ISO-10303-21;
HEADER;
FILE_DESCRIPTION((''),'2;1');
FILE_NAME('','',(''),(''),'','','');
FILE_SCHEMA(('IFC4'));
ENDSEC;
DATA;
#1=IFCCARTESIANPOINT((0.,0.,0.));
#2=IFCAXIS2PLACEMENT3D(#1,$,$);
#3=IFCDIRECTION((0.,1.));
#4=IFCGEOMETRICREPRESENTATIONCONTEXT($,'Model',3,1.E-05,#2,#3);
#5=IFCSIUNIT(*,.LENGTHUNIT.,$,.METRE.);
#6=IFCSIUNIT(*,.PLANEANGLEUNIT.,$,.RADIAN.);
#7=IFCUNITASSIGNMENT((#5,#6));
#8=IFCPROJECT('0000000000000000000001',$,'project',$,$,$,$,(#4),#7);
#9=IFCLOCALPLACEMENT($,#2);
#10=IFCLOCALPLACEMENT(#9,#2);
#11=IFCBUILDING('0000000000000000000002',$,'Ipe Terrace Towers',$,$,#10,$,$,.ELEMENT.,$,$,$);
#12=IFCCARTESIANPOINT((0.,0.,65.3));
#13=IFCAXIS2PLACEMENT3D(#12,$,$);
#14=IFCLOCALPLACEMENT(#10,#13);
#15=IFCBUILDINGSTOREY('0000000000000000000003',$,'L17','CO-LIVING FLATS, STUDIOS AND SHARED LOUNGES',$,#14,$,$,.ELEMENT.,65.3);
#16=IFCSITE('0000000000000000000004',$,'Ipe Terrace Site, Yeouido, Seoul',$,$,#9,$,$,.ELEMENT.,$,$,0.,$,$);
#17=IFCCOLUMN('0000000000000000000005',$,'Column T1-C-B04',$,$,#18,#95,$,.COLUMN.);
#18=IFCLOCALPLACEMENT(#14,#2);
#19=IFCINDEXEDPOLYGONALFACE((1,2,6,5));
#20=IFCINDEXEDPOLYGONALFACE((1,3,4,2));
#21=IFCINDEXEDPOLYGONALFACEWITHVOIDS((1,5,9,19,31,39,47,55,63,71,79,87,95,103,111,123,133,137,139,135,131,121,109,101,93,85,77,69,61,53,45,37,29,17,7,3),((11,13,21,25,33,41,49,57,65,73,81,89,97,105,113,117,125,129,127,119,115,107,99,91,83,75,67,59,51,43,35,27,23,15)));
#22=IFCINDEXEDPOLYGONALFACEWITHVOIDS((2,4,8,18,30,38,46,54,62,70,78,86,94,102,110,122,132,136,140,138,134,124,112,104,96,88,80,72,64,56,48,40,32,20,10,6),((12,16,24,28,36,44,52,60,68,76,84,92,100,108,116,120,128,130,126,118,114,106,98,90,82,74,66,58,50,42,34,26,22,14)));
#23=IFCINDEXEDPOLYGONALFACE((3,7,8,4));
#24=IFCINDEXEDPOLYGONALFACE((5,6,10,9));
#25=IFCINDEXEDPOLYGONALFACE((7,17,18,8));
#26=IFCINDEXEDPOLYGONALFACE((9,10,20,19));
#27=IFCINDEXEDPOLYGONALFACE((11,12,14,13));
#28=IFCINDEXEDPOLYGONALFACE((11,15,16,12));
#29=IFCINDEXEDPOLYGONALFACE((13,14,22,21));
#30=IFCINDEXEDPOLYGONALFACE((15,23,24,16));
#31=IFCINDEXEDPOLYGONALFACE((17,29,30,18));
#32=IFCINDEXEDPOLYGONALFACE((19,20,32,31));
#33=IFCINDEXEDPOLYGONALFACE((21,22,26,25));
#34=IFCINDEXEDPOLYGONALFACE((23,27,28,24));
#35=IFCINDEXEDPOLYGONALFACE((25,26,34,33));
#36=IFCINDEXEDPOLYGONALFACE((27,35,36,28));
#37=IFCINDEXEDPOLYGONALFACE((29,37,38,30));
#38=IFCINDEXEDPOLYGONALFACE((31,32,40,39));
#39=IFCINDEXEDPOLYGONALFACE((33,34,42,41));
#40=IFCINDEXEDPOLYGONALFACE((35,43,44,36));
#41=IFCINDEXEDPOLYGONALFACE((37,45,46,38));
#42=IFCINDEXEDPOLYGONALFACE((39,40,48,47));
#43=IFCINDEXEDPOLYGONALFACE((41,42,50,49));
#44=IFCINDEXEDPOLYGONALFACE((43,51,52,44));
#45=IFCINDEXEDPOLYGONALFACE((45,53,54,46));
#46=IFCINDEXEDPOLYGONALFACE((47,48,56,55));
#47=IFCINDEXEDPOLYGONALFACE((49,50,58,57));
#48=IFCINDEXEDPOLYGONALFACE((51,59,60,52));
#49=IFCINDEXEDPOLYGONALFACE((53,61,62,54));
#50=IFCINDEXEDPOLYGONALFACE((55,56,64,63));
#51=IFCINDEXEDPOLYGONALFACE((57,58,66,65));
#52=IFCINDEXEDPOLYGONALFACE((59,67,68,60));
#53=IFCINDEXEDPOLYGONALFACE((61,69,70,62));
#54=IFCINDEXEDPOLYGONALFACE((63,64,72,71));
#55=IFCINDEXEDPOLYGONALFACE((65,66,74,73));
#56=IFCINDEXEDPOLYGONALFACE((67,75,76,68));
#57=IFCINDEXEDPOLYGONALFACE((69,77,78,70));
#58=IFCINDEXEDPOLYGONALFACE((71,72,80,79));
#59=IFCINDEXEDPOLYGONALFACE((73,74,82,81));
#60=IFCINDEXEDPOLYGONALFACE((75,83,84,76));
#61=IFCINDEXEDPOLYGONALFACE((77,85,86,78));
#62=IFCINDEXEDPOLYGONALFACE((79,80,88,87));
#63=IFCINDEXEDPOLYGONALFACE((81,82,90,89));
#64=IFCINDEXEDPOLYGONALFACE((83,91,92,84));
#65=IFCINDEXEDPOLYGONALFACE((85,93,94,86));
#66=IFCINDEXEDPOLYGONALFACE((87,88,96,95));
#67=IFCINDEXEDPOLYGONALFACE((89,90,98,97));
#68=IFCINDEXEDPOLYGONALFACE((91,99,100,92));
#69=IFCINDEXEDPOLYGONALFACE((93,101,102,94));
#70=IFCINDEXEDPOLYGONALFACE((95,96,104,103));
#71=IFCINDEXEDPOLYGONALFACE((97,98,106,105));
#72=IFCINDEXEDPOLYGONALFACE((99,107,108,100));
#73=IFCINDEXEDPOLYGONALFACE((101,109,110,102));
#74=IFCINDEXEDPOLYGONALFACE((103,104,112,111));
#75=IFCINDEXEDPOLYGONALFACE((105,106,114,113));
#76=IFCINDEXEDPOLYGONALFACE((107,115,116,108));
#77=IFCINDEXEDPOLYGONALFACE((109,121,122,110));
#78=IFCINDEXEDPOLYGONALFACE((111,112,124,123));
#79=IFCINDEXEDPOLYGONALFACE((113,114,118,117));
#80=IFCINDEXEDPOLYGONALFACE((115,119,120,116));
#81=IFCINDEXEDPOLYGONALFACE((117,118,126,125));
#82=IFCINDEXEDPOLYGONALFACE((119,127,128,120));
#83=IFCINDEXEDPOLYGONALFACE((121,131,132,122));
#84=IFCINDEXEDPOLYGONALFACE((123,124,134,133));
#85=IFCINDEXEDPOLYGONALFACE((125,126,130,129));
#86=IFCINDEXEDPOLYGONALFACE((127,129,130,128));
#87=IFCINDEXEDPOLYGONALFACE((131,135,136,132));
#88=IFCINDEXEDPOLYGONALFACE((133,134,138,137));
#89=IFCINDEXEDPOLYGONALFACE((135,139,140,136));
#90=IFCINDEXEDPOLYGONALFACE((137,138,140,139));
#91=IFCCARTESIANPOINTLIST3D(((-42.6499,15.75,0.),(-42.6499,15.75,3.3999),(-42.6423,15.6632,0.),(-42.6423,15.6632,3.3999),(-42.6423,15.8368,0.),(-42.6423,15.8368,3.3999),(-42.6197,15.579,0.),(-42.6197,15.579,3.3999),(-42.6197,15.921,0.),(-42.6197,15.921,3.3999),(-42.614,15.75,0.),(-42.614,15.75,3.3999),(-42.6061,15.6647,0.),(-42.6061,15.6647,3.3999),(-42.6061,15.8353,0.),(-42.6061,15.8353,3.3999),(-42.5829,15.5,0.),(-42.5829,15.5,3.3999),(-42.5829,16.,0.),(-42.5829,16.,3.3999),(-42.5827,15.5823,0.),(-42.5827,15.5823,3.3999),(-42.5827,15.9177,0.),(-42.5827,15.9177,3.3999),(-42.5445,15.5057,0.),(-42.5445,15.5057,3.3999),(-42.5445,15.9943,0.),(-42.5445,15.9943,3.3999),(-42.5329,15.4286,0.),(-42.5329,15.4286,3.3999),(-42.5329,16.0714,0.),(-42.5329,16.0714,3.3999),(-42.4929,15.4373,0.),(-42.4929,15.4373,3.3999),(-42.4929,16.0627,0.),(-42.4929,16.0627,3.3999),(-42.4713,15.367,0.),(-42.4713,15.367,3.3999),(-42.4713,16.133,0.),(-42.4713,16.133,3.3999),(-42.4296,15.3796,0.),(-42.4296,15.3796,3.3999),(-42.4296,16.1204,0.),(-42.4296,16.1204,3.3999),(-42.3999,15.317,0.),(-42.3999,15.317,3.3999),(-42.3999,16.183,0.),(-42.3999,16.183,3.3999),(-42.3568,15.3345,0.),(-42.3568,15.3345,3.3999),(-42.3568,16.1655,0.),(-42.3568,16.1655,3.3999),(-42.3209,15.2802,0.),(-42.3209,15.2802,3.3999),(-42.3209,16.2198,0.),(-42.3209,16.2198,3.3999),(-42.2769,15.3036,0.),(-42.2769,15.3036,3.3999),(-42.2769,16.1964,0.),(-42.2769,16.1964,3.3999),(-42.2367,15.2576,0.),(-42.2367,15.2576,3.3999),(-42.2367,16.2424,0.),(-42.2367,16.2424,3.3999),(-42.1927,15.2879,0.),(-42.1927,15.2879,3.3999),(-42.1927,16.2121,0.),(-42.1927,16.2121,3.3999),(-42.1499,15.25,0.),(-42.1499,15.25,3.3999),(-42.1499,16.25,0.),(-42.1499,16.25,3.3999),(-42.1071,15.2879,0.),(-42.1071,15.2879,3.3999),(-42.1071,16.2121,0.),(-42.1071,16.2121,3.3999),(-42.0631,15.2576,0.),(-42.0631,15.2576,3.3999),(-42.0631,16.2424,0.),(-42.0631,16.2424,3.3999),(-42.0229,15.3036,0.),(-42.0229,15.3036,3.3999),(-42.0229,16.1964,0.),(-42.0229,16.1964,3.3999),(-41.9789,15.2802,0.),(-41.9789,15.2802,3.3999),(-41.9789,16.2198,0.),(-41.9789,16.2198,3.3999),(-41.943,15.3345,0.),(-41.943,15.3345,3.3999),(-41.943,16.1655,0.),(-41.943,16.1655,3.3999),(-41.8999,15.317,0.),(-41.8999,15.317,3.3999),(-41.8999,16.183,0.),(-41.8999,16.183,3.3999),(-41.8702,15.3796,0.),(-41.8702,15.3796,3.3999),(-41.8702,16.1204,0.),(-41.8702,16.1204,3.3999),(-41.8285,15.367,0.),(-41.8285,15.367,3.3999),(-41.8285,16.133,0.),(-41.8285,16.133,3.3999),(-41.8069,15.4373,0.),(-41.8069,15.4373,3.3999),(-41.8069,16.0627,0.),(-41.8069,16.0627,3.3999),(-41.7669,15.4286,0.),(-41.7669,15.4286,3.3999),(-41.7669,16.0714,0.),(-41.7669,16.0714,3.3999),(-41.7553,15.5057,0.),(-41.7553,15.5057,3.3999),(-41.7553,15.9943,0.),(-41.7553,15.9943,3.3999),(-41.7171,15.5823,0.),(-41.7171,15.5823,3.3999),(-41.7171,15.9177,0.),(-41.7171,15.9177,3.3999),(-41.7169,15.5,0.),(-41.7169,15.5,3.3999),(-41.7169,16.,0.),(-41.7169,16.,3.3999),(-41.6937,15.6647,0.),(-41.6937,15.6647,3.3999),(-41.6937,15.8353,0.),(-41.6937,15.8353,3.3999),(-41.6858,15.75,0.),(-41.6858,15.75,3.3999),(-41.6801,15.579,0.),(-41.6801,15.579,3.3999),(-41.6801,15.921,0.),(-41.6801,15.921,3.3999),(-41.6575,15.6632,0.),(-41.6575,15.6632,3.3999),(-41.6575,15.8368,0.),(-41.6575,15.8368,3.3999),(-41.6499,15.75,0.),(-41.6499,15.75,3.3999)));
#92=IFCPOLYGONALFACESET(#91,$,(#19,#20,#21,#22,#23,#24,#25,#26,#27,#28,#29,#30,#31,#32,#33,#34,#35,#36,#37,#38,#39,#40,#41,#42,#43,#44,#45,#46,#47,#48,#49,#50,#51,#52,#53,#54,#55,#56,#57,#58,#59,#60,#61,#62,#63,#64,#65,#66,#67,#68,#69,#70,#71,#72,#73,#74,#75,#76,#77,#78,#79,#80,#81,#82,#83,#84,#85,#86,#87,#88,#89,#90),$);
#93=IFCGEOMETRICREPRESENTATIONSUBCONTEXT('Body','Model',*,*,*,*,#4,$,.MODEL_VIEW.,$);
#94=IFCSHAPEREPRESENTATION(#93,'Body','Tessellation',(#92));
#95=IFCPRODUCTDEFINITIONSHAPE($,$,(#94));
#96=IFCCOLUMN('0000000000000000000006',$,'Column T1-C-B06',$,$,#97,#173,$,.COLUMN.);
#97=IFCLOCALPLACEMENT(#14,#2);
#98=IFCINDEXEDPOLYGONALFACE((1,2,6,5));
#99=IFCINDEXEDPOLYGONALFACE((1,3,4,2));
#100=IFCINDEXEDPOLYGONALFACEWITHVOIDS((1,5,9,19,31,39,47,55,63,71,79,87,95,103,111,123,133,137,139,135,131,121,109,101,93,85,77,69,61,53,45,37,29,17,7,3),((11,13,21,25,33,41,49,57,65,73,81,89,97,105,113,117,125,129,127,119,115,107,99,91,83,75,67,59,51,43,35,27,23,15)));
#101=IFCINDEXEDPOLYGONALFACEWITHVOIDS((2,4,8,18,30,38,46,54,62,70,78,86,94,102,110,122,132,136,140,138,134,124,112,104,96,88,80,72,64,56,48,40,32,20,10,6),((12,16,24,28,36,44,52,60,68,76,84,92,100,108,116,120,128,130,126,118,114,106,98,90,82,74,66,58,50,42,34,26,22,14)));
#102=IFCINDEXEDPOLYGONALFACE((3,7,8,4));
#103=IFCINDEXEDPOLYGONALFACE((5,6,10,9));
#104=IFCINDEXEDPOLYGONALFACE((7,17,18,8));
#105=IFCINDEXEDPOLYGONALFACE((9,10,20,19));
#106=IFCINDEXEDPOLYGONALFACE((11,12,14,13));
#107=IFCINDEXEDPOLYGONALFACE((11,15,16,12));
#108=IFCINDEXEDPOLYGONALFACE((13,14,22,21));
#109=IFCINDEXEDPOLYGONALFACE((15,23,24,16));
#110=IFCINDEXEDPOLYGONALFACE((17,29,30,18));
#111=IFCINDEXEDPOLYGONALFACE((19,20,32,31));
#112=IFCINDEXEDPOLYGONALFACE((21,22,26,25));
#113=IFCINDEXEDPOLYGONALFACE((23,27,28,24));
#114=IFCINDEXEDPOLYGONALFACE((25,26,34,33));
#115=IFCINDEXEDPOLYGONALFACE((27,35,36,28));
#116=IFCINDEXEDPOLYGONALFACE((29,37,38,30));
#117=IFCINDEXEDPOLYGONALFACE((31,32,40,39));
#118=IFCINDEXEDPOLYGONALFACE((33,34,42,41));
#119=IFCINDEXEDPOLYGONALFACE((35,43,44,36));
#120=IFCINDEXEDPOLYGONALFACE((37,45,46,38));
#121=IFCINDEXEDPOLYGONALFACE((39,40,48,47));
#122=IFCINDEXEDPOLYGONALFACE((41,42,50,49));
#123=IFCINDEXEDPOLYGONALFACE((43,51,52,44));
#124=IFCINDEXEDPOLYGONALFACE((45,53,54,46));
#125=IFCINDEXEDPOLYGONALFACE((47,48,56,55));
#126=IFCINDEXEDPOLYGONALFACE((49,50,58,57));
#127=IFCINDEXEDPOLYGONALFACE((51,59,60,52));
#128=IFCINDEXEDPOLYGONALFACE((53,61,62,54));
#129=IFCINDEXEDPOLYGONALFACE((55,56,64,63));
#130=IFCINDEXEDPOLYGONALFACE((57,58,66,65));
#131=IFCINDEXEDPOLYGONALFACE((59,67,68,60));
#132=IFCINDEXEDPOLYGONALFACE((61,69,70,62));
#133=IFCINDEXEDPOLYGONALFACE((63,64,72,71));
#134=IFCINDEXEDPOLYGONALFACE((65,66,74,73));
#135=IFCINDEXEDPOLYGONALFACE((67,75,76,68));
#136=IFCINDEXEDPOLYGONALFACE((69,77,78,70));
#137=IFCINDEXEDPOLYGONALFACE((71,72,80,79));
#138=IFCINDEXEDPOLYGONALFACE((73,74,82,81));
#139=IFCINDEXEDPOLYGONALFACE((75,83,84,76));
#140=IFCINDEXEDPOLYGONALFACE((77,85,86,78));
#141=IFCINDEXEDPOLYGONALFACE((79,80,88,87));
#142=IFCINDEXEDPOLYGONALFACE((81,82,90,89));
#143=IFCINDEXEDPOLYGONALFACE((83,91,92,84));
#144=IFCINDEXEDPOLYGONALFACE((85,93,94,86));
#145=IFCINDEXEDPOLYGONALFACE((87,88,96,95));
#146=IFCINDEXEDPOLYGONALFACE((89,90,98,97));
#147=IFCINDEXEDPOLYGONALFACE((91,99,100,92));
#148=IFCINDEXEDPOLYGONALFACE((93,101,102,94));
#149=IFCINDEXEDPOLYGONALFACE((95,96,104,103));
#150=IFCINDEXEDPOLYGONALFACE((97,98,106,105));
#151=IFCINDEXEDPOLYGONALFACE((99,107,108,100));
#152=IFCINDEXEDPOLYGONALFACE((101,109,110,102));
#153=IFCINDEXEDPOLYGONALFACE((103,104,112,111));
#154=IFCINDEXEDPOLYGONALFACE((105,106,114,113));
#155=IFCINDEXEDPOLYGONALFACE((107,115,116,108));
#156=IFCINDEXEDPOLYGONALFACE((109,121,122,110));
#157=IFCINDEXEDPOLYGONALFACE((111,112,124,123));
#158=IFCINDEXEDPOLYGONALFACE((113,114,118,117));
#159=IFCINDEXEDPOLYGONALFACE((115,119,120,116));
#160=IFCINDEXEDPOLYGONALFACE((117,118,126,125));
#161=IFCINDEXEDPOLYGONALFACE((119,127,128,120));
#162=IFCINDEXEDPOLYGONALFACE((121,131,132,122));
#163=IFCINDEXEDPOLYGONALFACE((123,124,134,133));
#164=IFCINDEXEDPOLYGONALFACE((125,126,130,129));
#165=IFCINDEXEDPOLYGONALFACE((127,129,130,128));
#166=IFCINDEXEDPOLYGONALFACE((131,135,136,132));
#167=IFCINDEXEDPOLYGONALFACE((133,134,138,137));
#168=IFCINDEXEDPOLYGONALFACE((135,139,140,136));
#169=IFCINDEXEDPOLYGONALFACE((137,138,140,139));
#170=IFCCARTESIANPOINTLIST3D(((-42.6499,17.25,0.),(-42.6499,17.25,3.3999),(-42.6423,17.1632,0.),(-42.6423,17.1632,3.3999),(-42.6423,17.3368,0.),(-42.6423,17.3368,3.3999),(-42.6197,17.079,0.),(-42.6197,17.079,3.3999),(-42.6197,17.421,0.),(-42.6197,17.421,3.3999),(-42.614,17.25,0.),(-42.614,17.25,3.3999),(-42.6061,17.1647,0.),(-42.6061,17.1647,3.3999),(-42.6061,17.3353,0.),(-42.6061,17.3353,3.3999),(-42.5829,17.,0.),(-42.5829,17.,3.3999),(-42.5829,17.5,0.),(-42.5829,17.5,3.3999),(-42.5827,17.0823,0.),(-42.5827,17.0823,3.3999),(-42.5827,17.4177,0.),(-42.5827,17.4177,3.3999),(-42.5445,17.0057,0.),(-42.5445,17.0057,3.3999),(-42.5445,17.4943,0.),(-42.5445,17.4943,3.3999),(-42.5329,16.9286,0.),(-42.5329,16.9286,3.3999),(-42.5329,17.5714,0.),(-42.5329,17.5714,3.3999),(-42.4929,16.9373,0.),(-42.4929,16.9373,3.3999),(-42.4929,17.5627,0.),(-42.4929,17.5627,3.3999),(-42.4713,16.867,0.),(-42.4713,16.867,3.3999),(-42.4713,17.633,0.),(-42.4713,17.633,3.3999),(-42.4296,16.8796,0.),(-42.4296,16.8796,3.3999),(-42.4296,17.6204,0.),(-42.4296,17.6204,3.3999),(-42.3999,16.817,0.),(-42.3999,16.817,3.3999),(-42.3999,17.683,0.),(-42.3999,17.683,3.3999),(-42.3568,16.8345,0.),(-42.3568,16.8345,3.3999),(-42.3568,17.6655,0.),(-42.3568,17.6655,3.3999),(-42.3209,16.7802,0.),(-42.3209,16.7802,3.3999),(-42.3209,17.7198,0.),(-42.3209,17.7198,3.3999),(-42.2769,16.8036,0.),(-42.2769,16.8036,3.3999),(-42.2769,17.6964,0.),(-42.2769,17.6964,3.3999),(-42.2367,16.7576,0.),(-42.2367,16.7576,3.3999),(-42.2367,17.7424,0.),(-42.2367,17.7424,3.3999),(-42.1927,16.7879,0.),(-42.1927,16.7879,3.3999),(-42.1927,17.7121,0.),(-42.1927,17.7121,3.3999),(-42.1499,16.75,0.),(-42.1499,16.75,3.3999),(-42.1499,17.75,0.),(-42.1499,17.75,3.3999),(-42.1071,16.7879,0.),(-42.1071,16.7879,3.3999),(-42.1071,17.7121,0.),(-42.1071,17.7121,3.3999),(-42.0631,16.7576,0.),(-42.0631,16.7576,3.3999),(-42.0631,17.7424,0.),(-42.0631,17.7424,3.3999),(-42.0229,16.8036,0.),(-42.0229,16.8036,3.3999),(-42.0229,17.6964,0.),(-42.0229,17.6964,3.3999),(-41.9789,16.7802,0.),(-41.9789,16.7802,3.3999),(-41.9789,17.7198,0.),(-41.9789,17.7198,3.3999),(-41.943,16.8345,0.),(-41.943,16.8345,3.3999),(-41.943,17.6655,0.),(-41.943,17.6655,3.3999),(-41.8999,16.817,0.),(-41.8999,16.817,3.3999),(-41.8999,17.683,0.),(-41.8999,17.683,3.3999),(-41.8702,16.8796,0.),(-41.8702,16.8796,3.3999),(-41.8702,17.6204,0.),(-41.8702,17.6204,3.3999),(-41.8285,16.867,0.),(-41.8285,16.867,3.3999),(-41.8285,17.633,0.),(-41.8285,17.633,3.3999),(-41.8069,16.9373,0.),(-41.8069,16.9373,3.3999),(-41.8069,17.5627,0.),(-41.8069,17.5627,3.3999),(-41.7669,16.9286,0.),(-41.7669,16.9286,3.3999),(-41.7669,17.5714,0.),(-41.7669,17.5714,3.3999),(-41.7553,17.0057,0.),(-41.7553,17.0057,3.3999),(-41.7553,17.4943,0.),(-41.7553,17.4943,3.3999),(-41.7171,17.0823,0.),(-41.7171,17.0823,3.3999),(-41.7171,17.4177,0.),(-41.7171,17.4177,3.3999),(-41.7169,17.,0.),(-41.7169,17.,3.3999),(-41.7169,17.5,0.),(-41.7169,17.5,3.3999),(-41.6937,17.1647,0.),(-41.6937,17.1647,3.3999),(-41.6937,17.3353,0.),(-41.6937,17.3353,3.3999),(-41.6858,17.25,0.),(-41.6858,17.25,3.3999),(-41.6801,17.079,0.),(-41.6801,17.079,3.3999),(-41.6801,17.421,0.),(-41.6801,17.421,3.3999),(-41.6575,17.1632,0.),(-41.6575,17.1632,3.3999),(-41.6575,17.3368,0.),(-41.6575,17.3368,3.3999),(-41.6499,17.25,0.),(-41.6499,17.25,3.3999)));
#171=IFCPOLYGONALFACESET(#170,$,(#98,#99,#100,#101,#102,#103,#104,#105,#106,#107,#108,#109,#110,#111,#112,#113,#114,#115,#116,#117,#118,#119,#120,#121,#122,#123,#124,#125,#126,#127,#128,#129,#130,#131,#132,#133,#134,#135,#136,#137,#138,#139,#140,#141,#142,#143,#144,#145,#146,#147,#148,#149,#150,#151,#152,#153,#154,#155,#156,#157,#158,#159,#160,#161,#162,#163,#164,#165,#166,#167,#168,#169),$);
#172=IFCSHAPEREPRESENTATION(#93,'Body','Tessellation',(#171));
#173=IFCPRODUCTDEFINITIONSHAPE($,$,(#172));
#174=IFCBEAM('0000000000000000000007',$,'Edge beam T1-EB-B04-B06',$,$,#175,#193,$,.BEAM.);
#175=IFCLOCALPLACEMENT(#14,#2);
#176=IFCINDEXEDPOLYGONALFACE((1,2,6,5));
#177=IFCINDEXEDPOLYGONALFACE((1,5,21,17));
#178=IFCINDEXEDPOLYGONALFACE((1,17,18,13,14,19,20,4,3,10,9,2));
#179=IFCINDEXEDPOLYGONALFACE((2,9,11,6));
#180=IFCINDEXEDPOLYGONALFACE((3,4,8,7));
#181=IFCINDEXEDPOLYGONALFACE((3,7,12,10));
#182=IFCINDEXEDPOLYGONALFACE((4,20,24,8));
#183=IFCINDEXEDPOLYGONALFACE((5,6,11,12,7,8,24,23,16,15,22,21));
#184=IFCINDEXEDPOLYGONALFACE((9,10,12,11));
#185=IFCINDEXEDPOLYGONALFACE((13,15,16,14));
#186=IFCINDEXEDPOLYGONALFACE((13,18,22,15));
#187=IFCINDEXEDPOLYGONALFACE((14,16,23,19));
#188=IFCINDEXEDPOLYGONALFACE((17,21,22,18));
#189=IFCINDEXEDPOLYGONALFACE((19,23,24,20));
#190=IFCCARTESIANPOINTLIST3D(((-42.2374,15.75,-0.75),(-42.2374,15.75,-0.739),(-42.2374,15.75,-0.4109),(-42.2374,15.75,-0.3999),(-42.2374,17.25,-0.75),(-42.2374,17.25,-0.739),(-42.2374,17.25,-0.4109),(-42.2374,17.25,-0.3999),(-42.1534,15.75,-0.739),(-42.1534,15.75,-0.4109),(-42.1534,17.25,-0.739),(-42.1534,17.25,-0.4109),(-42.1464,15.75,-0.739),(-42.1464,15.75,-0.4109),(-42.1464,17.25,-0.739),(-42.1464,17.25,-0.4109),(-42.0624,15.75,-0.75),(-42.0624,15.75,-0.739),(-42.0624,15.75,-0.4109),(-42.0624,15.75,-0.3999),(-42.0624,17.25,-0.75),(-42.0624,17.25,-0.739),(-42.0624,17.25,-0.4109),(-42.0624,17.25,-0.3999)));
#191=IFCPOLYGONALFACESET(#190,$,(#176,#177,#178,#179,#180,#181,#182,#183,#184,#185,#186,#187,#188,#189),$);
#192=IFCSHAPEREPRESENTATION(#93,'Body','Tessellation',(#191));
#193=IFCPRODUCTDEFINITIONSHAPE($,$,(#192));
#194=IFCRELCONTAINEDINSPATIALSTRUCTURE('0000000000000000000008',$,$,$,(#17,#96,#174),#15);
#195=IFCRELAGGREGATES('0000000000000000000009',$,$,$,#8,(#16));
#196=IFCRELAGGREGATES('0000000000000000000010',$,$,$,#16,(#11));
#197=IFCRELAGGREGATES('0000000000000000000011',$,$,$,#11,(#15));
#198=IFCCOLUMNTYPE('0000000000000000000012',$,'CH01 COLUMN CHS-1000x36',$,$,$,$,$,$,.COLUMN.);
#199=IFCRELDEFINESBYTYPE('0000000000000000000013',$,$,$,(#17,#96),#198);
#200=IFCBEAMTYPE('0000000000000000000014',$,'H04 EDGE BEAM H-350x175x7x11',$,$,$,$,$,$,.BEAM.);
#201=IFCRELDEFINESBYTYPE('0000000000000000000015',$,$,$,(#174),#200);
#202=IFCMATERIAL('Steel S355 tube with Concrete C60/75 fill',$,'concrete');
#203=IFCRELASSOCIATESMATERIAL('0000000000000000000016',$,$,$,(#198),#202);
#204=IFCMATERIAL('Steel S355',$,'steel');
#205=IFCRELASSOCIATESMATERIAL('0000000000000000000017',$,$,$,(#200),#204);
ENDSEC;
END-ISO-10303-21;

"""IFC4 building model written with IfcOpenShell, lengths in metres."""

from ifc_helpers import new_model, si_unit, direction, frame, origin, origin_2d, place, context, subcontext, project, spatial, hollow_circle, i_section, extrude, material, material_profile, profile_set, type_object, element, save


model = new_model("IFC4")

# Units and contexts
model_context = context("Model", 3, precision=1e-05, world=origin(), true_north=direction((0.0, 1.0)))
body_context = subcontext(model_context, "Body", "Model", "MODEL_VIEW")
ifc_project = project(units=[si_unit("LENGTHUNIT", "METRE"), si_unit("PLANEANGLEUNIT", "RADIAN")], contexts=[model_context])

# Site, building, storey
site_placement = place(None, origin())
site = spatial("IfcSite", under=ifc_project, at=site_placement, Name="Ipe Terrace Site, Yeouido, Seoul", CompositionType="ELEMENT", RefElevation=0.0)
building_placement = place(site_placement, origin())
building = spatial("IfcBuilding", under=site, at=building_placement, Name="Ipe Terrace Towers", CompositionType="ELEMENT")
storey_placement = place(building_placement, frame((0.0, 0.0, 65.3)))
storey = spatial("IfcBuildingStorey", under=building, at=storey_placement, Name="L17", Description="CO-LIVING FLATS, STUDIOS AND SHARED LOUNGES", CompositionType="ELEMENT", Elevation=65.3)

# Columns
ifc_material_1 = material(Name="Steel S355 tube with Concrete C60/75 fill", Category="concrete")
ifc_material_profile_1 = material_profile(ifc_material_1, hollow_circle(Radius=0.5, WallThickness=0.0359, at=origin_2d()), Name="CHS-1000x36")
ifc_profile_set_1 = profile_set([ifc_material_profile_1], Name="Steel S355 tube with Concrete C60/75 fill")
column_type = type_object("IfcColumnType", Name="CH01 COLUMN CHS-1000x36", PredefinedType="COLUMN", material=ifc_profile_set_1)
for number, where, z_axis, x_axis, name in (
    (1, (-42.1499, 15.75, 0.0), (0.0, 0.0, 1.0), (1.0, 0.0, 0.0), "Column T1-C-B04"),
    (2, (-42.1499, 17.25, 0.0), (0.0, 0.0, 1.0), (1.0, 0.0, 0.0), "Column T1-C-B06"),
):
    element("IfcColumn", number, at=place(storey_placement, frame(where, z_axis=z_axis, x_axis=x_axis)), inside=storey, type_object=column_type, Name=name, PredefinedType="COLUMN", context=body_context, shape_type="SweptSolid", body=[
        extrude(hollow_circle(Radius=0.5, WallThickness=0.0359, at=origin_2d()), origin(), (0.0, 0.0, 1.0), 3.3999),
    ])

# Beam
ifc_material_2 = material(Name="Steel S355", Category="steel")
ifc_material_profile_2 = material_profile(ifc_material_2, i_section(OverallWidth=0.175, OverallDepth=0.3501, WebThickness=0.0071, FlangeThickness=0.011, at=origin_2d()), Name="H-350x175x7x11")
ifc_profile_set_2 = profile_set([ifc_material_profile_2], Name="Steel S355")
beam_type = type_object("IfcBeamType", Name="H04 EDGE BEAM H-350x175x7x11", PredefinedType="BEAM", material=ifc_profile_set_2)
beam_placement = place(storey_placement, frame((-42.1499, 15.75, -0.575), z_axis=(0.0, 1.0, 0.0), x_axis=(-1.0, 0.0, 0.0)))
element("IfcBeam", 3, at=beam_placement, inside=storey, type_object=beam_type, Name="Edge beam T1-EB-B04-B06", PredefinedType="BEAM", context=body_context, shape_type="SweptSolid", body=[
    extrude(i_section(OverallWidth=0.175, OverallDepth=0.3501, WebThickness=0.0071, FlangeThickness=0.011, at=origin_2d()), origin(), (0.0, 0.0, 1.0), 1.5),
])

save(model, "model.ifc")
